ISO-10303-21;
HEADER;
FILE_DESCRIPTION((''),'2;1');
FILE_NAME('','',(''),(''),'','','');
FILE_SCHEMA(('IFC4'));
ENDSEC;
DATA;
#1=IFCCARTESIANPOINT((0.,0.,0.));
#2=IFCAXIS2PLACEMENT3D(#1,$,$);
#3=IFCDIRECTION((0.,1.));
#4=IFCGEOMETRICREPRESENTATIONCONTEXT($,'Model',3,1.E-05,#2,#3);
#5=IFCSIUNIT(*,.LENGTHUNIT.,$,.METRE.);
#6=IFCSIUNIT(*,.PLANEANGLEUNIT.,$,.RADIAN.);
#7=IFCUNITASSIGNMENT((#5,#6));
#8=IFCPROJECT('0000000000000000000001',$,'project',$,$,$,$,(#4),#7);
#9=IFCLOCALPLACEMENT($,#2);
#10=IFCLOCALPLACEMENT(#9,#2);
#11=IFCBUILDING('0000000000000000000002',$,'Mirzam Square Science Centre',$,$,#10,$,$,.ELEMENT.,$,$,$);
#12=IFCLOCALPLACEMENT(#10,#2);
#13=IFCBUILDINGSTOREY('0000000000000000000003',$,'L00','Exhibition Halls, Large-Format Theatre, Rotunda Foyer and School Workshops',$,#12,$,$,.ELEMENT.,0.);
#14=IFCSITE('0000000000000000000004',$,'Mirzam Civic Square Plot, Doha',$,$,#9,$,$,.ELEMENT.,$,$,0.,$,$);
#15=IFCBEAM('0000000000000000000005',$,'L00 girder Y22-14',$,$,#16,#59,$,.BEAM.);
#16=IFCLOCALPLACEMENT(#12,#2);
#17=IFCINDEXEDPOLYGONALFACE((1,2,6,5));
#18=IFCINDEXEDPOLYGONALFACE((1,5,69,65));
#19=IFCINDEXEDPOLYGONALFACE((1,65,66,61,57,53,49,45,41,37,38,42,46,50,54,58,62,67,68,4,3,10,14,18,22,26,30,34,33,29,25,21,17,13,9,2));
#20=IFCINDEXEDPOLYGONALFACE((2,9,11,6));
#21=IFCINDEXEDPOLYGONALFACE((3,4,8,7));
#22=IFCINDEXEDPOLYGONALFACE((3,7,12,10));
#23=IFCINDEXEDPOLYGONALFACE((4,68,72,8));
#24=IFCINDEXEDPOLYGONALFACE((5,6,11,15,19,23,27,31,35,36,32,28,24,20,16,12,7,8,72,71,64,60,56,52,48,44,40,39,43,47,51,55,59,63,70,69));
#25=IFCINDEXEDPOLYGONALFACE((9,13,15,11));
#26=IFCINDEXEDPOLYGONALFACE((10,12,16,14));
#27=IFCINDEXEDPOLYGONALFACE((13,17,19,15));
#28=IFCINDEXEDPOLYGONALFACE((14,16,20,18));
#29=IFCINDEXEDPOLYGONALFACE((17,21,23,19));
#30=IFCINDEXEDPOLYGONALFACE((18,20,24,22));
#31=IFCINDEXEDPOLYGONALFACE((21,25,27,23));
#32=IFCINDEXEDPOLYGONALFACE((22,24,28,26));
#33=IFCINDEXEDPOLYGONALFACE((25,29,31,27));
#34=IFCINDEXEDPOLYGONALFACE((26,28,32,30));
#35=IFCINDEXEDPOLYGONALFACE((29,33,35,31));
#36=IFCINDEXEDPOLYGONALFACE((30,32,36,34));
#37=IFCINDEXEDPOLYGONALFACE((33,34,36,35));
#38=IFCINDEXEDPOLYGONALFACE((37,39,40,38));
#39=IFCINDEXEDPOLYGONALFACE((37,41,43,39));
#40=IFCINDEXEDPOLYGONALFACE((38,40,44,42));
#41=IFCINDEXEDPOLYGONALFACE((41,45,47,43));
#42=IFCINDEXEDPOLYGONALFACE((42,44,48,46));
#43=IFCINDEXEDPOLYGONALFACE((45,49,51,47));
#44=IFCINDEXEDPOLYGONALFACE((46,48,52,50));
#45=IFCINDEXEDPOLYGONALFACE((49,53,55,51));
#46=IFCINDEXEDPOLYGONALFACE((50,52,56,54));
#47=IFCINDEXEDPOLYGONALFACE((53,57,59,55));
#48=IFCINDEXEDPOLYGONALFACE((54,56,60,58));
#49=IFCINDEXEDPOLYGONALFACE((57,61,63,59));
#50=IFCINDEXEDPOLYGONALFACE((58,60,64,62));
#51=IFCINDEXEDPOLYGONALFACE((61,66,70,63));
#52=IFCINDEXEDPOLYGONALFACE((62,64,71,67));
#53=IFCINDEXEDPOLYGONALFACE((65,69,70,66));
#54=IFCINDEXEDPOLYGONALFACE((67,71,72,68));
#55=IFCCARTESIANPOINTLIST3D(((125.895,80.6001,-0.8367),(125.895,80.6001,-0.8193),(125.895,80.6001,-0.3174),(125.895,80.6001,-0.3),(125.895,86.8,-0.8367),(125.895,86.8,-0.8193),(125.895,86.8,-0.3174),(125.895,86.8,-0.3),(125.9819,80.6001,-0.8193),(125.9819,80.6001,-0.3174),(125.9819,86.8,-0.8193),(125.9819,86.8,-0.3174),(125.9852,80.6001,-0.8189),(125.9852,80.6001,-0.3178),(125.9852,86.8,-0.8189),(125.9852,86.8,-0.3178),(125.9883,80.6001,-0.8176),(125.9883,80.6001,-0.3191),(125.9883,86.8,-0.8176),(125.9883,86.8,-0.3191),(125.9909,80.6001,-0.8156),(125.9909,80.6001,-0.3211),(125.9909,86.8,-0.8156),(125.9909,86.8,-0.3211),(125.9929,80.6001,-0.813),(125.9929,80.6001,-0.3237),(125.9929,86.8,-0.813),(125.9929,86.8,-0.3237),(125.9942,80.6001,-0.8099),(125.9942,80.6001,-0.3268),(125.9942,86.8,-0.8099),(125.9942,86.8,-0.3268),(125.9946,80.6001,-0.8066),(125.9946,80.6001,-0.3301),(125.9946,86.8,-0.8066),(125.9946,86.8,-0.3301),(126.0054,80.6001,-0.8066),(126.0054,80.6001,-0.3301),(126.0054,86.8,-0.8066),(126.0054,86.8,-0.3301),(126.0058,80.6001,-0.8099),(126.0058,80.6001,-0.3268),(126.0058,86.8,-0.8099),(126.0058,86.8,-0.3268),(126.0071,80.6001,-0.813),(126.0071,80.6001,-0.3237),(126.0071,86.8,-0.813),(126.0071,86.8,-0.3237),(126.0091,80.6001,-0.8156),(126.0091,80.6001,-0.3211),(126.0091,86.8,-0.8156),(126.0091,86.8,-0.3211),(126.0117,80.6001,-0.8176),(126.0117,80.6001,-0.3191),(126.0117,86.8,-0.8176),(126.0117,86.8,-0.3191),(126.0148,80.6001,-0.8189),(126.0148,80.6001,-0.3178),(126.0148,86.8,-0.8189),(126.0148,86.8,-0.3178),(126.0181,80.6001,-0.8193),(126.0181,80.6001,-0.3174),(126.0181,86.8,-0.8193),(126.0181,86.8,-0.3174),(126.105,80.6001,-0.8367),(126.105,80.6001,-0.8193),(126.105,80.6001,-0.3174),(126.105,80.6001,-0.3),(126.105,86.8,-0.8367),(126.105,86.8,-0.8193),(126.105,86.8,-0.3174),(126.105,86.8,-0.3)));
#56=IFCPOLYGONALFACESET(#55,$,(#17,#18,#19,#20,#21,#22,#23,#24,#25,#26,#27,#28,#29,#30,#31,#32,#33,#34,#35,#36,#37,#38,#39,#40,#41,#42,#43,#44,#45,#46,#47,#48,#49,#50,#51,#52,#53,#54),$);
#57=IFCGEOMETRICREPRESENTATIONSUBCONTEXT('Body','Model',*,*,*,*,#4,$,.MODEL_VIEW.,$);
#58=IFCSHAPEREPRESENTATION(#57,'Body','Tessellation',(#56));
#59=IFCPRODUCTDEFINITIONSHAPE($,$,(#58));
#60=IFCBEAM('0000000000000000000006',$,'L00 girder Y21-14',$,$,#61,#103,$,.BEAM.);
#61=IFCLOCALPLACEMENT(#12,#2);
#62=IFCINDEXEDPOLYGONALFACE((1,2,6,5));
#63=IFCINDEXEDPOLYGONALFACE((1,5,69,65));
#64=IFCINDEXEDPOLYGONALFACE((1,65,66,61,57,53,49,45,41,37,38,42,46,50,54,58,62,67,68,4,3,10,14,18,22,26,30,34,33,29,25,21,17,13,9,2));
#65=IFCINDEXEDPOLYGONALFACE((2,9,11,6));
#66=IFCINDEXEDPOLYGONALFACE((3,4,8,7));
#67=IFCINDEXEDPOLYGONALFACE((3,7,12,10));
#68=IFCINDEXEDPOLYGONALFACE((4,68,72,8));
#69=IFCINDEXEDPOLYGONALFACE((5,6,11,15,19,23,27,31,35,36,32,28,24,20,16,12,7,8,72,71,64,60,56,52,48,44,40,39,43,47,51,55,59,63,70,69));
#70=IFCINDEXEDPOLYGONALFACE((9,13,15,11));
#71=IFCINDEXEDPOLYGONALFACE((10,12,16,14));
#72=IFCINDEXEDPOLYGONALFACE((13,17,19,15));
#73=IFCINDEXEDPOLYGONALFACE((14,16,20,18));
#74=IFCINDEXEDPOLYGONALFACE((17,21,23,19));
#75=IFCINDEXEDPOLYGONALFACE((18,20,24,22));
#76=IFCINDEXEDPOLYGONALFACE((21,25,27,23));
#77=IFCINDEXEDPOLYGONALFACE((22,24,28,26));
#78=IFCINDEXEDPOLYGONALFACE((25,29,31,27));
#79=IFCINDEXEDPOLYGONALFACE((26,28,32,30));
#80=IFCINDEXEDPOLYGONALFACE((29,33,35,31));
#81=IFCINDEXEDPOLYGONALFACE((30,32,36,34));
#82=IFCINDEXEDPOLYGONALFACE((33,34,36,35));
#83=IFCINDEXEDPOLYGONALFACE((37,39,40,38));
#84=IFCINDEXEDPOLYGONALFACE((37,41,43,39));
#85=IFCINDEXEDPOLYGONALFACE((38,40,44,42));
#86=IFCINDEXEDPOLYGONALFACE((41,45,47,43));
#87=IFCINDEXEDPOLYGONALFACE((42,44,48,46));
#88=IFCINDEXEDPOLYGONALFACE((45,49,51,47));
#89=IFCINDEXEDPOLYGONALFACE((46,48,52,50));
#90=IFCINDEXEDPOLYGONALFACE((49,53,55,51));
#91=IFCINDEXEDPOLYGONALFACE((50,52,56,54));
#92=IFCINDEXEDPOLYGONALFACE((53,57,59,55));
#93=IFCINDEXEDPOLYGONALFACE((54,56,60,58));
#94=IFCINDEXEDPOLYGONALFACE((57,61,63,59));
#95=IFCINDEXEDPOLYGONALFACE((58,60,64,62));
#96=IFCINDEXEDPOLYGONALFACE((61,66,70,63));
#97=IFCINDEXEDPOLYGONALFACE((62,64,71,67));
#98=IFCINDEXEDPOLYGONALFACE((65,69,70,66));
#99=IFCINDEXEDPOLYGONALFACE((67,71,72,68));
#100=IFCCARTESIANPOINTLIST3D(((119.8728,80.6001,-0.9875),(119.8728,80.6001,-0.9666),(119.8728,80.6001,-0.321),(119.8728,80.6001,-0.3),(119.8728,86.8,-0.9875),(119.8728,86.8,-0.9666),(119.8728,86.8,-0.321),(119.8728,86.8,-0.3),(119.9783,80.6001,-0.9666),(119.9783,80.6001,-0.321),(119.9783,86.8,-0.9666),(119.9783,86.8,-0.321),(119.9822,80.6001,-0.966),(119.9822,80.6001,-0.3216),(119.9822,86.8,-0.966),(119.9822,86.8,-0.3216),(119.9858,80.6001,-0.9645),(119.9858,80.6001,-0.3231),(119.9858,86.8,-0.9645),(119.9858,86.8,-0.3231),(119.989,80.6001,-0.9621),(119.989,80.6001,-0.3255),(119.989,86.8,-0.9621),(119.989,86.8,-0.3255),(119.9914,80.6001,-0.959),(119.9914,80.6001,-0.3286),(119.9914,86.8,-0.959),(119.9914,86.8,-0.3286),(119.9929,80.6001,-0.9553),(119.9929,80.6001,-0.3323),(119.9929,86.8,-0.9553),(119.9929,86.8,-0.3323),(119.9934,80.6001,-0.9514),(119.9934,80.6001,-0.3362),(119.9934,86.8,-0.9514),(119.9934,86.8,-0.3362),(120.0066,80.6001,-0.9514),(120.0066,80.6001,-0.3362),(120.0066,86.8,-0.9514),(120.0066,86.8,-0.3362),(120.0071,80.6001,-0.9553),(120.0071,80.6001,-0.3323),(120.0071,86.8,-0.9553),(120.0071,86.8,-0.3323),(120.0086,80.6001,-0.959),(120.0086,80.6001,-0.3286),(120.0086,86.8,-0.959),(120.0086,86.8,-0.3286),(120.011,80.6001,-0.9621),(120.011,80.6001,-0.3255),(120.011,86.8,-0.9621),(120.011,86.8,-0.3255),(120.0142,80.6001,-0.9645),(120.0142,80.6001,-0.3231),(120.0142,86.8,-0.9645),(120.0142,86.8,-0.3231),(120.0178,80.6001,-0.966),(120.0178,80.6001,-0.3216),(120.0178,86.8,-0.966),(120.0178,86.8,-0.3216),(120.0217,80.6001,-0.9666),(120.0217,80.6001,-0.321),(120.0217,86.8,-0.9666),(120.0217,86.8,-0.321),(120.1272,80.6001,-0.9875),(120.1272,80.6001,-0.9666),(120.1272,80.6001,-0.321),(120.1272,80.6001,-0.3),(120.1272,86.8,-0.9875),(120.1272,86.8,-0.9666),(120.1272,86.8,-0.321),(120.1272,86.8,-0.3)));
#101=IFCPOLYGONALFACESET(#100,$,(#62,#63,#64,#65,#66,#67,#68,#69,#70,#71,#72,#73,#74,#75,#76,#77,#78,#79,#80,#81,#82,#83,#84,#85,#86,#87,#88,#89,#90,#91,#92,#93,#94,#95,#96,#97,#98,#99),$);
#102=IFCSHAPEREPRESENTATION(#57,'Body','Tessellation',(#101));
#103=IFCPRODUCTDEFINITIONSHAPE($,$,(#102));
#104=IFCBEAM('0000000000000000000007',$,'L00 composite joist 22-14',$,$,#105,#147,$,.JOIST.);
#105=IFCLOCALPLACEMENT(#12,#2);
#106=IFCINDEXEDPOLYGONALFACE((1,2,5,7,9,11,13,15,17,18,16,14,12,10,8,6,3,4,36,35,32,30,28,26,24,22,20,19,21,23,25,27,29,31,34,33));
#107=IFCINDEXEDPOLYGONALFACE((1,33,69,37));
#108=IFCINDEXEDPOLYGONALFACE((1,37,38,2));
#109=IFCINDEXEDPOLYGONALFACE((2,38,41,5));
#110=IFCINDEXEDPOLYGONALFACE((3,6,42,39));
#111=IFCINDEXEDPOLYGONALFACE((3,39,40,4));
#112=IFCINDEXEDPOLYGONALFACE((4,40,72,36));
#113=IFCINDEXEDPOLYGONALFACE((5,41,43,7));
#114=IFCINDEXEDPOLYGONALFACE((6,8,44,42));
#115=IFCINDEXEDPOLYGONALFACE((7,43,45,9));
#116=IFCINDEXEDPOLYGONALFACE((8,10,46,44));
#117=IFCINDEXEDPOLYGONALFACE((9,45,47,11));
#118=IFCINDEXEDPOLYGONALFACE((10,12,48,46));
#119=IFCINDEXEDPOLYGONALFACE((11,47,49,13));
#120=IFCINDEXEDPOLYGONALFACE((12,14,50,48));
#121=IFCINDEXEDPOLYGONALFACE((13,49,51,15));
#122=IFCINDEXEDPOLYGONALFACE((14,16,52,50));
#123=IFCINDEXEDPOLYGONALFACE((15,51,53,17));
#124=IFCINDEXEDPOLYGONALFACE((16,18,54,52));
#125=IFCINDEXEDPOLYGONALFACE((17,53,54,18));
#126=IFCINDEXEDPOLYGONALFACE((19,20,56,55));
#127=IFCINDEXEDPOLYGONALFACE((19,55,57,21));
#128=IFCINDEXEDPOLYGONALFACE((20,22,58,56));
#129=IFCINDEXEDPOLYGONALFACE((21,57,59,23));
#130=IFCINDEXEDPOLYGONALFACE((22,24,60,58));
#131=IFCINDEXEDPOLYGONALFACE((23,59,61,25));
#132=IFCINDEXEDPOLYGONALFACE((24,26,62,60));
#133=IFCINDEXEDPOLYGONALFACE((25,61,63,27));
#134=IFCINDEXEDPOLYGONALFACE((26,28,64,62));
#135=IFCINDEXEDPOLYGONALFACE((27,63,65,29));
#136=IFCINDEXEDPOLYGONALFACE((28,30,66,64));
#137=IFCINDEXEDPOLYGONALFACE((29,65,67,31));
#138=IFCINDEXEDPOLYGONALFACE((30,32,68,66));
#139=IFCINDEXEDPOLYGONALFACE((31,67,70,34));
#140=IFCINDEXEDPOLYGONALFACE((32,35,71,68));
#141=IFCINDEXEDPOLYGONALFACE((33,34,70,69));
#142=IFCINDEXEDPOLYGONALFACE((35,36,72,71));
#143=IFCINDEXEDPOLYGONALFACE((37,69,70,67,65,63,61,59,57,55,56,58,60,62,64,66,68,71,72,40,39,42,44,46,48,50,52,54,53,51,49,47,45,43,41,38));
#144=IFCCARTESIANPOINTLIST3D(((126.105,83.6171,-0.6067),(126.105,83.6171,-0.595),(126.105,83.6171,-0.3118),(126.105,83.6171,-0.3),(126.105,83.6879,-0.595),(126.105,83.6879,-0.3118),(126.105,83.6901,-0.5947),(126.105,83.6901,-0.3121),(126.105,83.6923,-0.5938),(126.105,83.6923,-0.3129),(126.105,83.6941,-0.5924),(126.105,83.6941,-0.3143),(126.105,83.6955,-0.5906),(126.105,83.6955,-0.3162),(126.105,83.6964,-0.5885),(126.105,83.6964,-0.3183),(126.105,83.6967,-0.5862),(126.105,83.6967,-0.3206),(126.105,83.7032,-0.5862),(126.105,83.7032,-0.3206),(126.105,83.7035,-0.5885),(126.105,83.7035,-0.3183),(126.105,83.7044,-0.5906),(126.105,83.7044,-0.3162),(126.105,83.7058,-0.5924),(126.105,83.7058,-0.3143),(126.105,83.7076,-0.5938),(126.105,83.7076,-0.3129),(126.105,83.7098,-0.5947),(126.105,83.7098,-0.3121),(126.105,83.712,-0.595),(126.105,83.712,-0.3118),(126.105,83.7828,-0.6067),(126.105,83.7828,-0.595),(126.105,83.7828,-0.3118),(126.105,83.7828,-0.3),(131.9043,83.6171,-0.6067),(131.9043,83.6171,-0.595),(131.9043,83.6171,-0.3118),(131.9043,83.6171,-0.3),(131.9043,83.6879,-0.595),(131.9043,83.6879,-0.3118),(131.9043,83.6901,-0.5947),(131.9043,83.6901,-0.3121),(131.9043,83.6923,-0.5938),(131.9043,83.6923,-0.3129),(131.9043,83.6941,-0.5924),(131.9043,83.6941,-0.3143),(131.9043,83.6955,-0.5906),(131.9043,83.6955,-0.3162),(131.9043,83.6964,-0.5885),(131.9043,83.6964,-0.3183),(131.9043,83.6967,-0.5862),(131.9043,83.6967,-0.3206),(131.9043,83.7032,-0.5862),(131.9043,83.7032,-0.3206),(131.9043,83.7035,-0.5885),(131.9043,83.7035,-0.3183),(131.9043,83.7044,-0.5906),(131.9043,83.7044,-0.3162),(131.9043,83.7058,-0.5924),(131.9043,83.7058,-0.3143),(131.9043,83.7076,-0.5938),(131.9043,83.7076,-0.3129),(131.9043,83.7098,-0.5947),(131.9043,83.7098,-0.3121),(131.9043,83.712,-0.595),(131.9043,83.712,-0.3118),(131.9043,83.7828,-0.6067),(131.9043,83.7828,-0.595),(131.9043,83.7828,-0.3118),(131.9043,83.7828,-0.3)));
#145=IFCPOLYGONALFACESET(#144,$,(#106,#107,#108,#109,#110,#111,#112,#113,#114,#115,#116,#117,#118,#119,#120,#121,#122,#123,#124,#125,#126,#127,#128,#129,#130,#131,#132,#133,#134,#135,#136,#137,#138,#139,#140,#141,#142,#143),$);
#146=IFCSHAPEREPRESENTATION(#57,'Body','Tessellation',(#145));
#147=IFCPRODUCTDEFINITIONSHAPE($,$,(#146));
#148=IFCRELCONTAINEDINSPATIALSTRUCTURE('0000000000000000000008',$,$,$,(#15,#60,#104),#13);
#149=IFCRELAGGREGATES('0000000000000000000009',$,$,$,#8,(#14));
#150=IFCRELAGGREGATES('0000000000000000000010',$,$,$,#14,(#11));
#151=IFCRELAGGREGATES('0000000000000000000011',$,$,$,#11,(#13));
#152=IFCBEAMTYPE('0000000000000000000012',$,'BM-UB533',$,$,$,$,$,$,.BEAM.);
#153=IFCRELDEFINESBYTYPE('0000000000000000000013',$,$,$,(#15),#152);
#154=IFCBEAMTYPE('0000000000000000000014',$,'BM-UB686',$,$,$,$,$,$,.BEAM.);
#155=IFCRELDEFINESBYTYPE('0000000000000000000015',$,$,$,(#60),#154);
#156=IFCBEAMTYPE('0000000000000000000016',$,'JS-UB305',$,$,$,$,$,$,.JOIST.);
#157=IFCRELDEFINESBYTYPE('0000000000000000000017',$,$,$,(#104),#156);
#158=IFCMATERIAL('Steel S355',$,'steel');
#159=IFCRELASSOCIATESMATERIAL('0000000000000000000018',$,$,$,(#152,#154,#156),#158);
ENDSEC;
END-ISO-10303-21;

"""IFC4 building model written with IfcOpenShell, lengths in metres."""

from ifc_helpers import new_model, si_unit, direction, frame, origin, origin_2d, place, context, subcontext, project, spatial, i_section, extrude, material, material_profile, profile_set, type_object, element, save


model = new_model("IFC4")

# Units and contexts
model_context = context("Model", 3, precision=1e-05, world=origin(), true_north=direction((0.0, 1.0)))
body_context = subcontext(model_context, "Body", "Model", "MODEL_VIEW")
ifc_project = project(units=[si_unit("LENGTHUNIT", "METRE"), si_unit("PLANEANGLEUNIT", "RADIAN")], contexts=[model_context])

# Site, building, storey
site_placement = place(None, origin())
site = spatial("IfcSite", under=ifc_project, at=site_placement, Name="Mirzam Civic Square Plot, Doha", CompositionType="ELEMENT", RefElevation=0.0)
building_placement = place(site_placement, origin())
building = spatial("IfcBuilding", under=site, at=building_placement, Name="Mirzam Square Science Centre", CompositionType="ELEMENT")
storey_placement = place(building_placement, origin())
storey = spatial("IfcBuildingStorey", under=building, at=storey_placement, Name="L00", Description="Exhibition Halls, Large-Format Theatre, Rotunda Foyer and School Workshops", CompositionType="ELEMENT", Elevation=0.0)

# Shared definitions
ifc_material_1 = material(Name="Steel S355", Category="steel")

# Beams
ifc_material_profile_1 = material_profile(ifc_material_1, i_section(OverallWidth=0.21, OverallDepth=0.5366, WebThickness=0.0107, FlangeThickness=0.0173, FilletRadius=0.0127, at=origin_2d()), Name="533x210x101UB")
ifc_profile_set_1 = profile_set([ifc_material_profile_1], Name="Steel S355")
beam_type_1 = type_object("IfcBeamType", Name="BM-UB533", PredefinedType="BEAM", material=ifc_profile_set_1)
beam_1_placement = place(storey_placement, frame((126.0, 80.6001, -0.5684), z_axis=(0.0, 1.0, 0.0), x_axis=(-1.0, 0.0, 0.0)))
element("IfcBeam", 1, at=beam_1_placement, inside=storey, type_object=beam_type_1, Name="L00 girder Y22-14", PredefinedType="BEAM", context=body_context, shape_type="SweptSolid", body=[
    extrude(i_section(OverallWidth=0.21, OverallDepth=0.5366, WebThickness=0.0107, FlangeThickness=0.0173, FilletRadius=0.0127, at=origin_2d()), origin(), (0.0, 0.0, 1.0), 6.2),
])
ifc_material_profile_2 = material_profile(ifc_material_1, i_section(OverallWidth=0.2544, OverallDepth=0.6875, WebThickness=0.0132, FlangeThickness=0.021, FilletRadius=0.0151, at=origin_2d()), Name="686x254x152UB")
ifc_profile_set_2 = profile_set([ifc_material_profile_2], Name="Steel S355")
beam_type_2 = type_object("IfcBeamType", Name="BM-UB686", PredefinedType="BEAM", material=ifc_profile_set_2)
beam_2_placement = place(storey_placement, frame((120.0, 80.6001, -0.6438), z_axis=(0.0, 1.0, 0.0), x_axis=(-1.0, 0.0, 0.0)))
element("IfcBeam", 2, at=beam_2_placement, inside=storey, type_object=beam_type_2, Name="L00 girder Y21-14", PredefinedType="BEAM", context=body_context, shape_type="SweptSolid", body=[
    extrude(i_section(OverallWidth=0.2544, OverallDepth=0.6875, WebThickness=0.0132, FlangeThickness=0.021, FilletRadius=0.0151, at=origin_2d()), origin(), (0.0, 0.0, 1.0), 6.2),
])
ifc_material_profile_3 = material_profile(ifc_material_1, i_section(OverallWidth=0.1658, OverallDepth=0.3066, WebThickness=0.0066, FlangeThickness=0.0117, FilletRadius=0.0088, at=origin_2d()), Name="305x165x46UB")
ifc_profile_set_3 = profile_set([ifc_material_profile_3], Name="Steel S355")
beam_type_3 = type_object("IfcBeamType", Name="JS-UB305", PredefinedType="JOIST", material=ifc_profile_set_3)
beam_3_placement = place(storey_placement, frame((126.105, 83.7, -0.4534), z_axis=(1.0, 0.0, 0.0), x_axis=(0.0, 1.0, 0.0)))
element("IfcBeam", 3, at=beam_3_placement, inside=storey, type_object=beam_type_3, Name="L00 composite joist 22-14", PredefinedType="JOIST", context=body_context, shape_type="SweptSolid", body=[
    extrude(i_section(OverallWidth=0.1658, OverallDepth=0.3066, WebThickness=0.0066, FlangeThickness=0.0117, FilletRadius=0.0088, at=origin_2d()), origin(), (0.0, 0.0, 1.0), 5.7993),
])

save(model, "model.ifc")
